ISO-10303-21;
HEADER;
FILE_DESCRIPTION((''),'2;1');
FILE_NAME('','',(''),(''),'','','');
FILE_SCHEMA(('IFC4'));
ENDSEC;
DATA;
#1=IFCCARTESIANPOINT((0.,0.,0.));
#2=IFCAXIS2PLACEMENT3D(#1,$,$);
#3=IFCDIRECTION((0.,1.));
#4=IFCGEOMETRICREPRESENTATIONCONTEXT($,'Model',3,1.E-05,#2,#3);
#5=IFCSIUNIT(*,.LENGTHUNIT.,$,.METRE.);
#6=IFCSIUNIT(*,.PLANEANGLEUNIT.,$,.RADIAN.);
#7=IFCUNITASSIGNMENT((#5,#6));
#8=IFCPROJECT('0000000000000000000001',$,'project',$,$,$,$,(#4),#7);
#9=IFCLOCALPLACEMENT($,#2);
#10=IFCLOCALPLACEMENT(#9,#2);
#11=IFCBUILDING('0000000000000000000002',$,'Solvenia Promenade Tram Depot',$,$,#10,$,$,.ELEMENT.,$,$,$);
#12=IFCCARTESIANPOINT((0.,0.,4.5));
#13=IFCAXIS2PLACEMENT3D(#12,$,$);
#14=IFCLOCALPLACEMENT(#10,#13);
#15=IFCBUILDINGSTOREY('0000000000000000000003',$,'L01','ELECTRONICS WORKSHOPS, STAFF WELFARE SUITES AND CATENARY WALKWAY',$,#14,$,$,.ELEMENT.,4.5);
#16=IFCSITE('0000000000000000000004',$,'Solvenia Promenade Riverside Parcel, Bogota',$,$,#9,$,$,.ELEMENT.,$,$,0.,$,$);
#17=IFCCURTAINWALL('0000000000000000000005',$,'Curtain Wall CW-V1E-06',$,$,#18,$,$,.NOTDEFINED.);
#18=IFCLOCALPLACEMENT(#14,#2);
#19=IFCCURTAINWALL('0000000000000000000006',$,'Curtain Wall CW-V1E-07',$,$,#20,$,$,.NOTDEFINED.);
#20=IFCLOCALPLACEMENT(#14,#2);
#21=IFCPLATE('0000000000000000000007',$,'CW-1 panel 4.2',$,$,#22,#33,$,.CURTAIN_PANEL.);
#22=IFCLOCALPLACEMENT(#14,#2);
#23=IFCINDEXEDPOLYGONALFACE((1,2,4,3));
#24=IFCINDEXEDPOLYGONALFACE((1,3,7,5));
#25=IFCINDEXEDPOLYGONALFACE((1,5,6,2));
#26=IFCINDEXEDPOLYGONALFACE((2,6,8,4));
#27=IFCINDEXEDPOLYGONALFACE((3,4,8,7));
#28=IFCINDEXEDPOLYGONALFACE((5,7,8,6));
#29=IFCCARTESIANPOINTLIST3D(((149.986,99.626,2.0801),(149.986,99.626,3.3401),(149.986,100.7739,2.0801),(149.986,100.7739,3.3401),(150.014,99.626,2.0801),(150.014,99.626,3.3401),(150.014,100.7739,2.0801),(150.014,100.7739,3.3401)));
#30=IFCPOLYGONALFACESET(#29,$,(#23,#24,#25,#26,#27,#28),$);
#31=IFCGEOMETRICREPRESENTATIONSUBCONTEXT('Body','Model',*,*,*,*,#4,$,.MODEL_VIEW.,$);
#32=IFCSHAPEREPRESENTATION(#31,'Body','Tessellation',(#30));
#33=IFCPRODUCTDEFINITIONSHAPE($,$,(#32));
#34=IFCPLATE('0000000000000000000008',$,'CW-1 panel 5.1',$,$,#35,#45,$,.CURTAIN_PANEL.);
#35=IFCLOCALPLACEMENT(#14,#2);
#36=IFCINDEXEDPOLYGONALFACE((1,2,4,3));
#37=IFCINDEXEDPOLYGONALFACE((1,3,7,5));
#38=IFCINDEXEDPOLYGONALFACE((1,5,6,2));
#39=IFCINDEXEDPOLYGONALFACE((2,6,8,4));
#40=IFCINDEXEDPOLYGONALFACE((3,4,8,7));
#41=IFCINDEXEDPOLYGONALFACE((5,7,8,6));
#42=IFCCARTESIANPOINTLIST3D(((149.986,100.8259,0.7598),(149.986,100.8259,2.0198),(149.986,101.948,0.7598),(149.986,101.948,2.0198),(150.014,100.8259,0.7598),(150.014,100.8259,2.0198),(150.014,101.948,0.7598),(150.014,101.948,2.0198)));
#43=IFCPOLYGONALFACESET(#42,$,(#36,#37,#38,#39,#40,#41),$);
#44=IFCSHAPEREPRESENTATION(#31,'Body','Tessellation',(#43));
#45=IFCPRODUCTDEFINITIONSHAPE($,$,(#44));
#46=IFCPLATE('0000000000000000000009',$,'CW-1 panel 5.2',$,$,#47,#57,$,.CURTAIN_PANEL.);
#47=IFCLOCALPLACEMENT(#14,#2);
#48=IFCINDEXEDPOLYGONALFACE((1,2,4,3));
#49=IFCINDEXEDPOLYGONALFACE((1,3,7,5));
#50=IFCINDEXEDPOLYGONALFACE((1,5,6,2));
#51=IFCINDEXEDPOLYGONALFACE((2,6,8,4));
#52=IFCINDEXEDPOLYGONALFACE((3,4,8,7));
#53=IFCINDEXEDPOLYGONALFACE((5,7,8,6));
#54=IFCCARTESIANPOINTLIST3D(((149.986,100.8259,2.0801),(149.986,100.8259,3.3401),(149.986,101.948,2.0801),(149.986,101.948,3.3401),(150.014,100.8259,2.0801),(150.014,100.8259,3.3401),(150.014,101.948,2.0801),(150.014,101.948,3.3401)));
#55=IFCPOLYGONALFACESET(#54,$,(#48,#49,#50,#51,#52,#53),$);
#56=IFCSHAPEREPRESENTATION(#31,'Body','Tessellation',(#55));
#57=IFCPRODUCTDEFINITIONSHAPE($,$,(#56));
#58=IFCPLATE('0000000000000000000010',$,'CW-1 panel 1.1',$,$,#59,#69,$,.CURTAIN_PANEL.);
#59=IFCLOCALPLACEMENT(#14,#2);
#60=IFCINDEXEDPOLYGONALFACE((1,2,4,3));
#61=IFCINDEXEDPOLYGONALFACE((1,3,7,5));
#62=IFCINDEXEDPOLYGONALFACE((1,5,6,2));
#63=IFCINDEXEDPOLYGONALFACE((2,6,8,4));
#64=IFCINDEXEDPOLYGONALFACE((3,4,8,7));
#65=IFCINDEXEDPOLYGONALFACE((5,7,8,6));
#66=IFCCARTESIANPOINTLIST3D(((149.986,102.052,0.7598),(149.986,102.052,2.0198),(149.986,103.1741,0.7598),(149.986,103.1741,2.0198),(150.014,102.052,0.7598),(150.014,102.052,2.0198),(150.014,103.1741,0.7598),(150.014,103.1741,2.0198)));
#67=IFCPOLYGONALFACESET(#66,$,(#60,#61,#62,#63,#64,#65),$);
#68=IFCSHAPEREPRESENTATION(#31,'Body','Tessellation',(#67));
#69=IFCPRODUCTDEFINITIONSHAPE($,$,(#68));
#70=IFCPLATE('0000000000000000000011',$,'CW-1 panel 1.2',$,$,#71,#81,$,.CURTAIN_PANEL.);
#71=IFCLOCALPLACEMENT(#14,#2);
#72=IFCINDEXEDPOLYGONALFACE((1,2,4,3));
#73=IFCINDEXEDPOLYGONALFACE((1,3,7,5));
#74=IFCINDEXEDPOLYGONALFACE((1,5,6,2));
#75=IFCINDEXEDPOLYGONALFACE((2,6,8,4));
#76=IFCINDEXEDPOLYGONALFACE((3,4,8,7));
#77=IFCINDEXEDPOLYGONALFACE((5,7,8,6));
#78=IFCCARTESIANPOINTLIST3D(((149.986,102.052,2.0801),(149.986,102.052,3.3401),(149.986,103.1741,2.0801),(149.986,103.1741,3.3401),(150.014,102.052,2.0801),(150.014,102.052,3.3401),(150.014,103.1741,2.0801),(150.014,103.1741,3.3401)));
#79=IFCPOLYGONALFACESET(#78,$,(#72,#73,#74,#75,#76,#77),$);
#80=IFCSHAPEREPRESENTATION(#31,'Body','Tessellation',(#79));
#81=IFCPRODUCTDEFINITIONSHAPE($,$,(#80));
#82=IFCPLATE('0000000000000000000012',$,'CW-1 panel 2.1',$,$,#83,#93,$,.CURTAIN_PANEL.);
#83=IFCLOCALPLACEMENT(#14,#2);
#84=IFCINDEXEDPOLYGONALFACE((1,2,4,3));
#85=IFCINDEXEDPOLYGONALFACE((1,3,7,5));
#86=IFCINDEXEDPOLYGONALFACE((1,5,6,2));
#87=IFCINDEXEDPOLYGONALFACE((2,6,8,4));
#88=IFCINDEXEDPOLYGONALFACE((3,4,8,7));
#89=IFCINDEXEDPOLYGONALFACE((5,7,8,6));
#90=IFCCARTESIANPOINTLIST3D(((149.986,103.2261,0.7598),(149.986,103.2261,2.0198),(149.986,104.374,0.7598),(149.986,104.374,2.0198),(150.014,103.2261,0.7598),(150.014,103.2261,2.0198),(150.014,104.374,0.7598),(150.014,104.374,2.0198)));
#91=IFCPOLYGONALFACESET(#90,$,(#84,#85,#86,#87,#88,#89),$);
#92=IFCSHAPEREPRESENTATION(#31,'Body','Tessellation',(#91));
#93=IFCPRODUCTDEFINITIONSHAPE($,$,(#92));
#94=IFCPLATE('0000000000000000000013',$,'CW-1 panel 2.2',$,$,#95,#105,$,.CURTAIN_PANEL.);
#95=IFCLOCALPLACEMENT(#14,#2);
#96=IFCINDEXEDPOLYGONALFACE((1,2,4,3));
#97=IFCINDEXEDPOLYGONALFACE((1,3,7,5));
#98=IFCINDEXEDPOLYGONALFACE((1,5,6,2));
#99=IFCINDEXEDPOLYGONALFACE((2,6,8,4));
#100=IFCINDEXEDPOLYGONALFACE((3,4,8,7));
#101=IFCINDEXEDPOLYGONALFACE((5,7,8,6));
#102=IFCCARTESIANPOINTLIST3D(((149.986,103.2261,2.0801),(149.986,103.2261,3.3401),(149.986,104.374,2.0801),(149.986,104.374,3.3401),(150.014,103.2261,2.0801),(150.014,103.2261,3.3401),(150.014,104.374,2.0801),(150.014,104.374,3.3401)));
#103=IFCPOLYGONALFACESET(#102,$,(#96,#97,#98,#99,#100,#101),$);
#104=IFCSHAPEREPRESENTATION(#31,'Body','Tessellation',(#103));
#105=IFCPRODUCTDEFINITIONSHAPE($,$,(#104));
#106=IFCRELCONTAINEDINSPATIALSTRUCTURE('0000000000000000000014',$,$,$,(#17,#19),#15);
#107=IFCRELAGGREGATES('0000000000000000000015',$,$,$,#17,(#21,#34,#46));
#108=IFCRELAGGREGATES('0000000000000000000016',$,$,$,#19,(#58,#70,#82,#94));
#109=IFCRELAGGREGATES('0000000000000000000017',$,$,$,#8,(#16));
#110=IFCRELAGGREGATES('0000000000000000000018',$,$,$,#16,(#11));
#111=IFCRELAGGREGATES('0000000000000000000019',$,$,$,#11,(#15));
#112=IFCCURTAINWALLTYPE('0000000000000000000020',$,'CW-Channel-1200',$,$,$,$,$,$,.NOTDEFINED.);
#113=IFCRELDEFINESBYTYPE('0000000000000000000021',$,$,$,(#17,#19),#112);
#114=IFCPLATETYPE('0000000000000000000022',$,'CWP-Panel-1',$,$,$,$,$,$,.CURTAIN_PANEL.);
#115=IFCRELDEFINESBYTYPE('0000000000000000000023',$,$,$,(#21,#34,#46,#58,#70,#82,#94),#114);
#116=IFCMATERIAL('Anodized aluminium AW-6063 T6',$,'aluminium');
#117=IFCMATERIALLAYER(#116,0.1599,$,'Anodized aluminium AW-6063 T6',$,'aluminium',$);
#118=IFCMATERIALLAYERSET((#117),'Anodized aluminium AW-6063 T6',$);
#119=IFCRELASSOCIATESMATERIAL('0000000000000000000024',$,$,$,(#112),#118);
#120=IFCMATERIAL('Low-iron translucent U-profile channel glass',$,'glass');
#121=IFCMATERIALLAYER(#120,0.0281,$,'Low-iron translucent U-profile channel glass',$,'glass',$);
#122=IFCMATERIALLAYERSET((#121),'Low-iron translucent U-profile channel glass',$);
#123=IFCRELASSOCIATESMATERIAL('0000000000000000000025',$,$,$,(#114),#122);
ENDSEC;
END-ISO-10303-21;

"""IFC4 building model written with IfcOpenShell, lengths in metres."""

from ifc_helpers import new_model, si_unit, direction, frame, origin, origin_2d, place, context, subcontext, project, spatial, rectangle, extrude, material, layer, layer_set, type_object, element, aggregate, save


model = new_model("IFC4")

# Units and contexts
model_context = context("Model", 3, precision=1e-05, world=origin(), true_north=direction((0.0, 1.0)))
body_context = subcontext(model_context, "Body", "Model", "MODEL_VIEW")
ifc_project = project(units=[si_unit("LENGTHUNIT", "METRE"), si_unit("PLANEANGLEUNIT", "RADIAN")], contexts=[model_context])

# Site, building, storey
site_placement = place(None, origin())
site = spatial("IfcSite", under=ifc_project, at=site_placement, Name="Solvenia Promenade Riverside Parcel, Bogota", CompositionType="ELEMENT", RefElevation=0.0)
building_placement = place(site_placement, origin())
building = spatial("IfcBuilding", under=site, at=building_placement, Name="Solvenia Promenade Tram Depot", CompositionType="ELEMENT")
storey_placement = place(building_placement, frame((0.0, 0.0, 4.5)))
storey = spatial("IfcBuildingStorey", under=building, at=storey_placement, Name="L01", Description="ELECTRONICS WORKSHOPS, STAFF WELFARE SUITES AND CATENARY WALKWAY", CompositionType="ELEMENT", Elevation=4.5)

# Curtain walls
ifc_material_1 = material(Name="Anodized aluminium AW-6063 T6", Category="aluminium")
ifc_layer_1 = layer(ifc_material_1, 0.1599, Name="Anodized aluminium AW-6063 T6", Category="aluminium")
ifc_layer_set_1 = layer_set([ifc_layer_1], Name="Anodized aluminium AW-6063 T6")
curtain_wall_type = type_object("IfcCurtainWallType", Name="CW-Channel-1200", PredefinedType="NOTDEFINED", material=ifc_layer_set_1)
curtain_wall_1_placement = place(storey_placement, origin())
curtain_wall_1 = element("IfcCurtainWall", 1, at=curtain_wall_1_placement, inside=storey, type_object=curtain_wall_type, Name="Curtain Wall CW-V1E-06", PredefinedType="NOTDEFINED")
curtain_wall_2_placement = place(storey_placement, origin())
curtain_wall_2 = element("IfcCurtainWall", 2, at=curtain_wall_2_placement, inside=storey, type_object=curtain_wall_type, Name="Curtain Wall CW-V1E-07", PredefinedType="NOTDEFINED")

# Plates
ifc_material_2 = material(Name="Low-iron translucent U-profile channel glass", Category="glass")
ifc_layer_2 = layer(ifc_material_2, 0.0281, Name="Low-iron translucent U-profile channel glass", Category="glass")
ifc_layer_set_2 = layer_set([ifc_layer_2], Name="Low-iron translucent U-profile channel glass")
plate_type = type_object("IfcPlateType", Name="CWP-Panel-1", PredefinedType="CURTAIN_PANEL", material=ifc_layer_set_2)
plate_1_placement = place(storey_placement, frame((150.0, 100.2, 2.0801), z_axis=(0.0, 0.0, 1.0), x_axis=(0.0, 1.0, 0.0)))
plate_1 = element("IfcPlate", 3, at=plate_1_placement, type_object=plate_type, Name="CW-1 panel 4.2", PredefinedType="CURTAIN_PANEL", context=body_context, shape_type="SweptSolid", body=[
    extrude(rectangle(XDim=1.1479, YDim=0.0281, at=origin_2d()), origin(), (0.0, 0.0, 1.0), 1.26),
])
plate_2_placement = place(storey_placement, frame((150.0, 101.387, 0.7598), z_axis=(0.0, 0.0, 1.0), x_axis=(0.0, 1.0, 0.0)))
plate_2 = element("IfcPlate", 4, at=plate_2_placement, type_object=plate_type, Name="CW-1 panel 5.1", PredefinedType="CURTAIN_PANEL", context=body_context, shape_type="SweptSolid", body=[
    extrude(rectangle(XDim=1.1221, YDim=0.0281, at=origin_2d()), origin(), (0.0, 0.0, 1.0), 1.26),
])
plate_3_placement = place(storey_placement, frame((150.0, 101.387, 2.0801), z_axis=(0.0, 0.0, 1.0), x_axis=(0.0, 1.0, 0.0)))
plate_3 = element("IfcPlate", 5, at=plate_3_placement, type_object=plate_type, Name="CW-1 panel 5.2", PredefinedType="CURTAIN_PANEL", context=body_context, shape_type="SweptSolid", body=[
    extrude(rectangle(XDim=1.1221, YDim=0.0281, at=origin_2d()), origin(), (0.0, 0.0, 1.0), 1.26),
])
aggregate(curtain_wall_1, [plate_1, plate_2, plate_3])
plate_4_placement = place(storey_placement, frame((150.0, 102.613, 0.7598), z_axis=(0.0, 0.0, 1.0), x_axis=(0.0, 1.0, 0.0)))
plate_4 = element("IfcPlate", 6, at=plate_4_placement, type_object=plate_type, Name="CW-1 panel 1.1", PredefinedType="CURTAIN_PANEL", context=body_context, shape_type="SweptSolid", body=[
    extrude(rectangle(XDim=1.1221, YDim=0.0281, at=origin_2d()), origin(), (0.0, 0.0, 1.0), 1.26),
])
plate_5_placement = place(storey_placement, frame((150.0, 102.613, 2.0801), z_axis=(0.0, 0.0, 1.0), x_axis=(0.0, 1.0, 0.0)))
plate_5 = element("IfcPlate", 7, at=plate_5_placement, type_object=plate_type, Name="CW-1 panel 1.2", PredefinedType="CURTAIN_PANEL", context=body_context, shape_type="SweptSolid", body=[
    extrude(rectangle(XDim=1.1221, YDim=0.0281, at=origin_2d()), origin(), (0.0, 0.0, 1.0), 1.26),
])
plate_6_placement = place(storey_placement, frame((150.0, 103.8, 0.7598), z_axis=(0.0, 0.0, 1.0), x_axis=(0.0, 1.0, 0.0)))
plate_6 = element("IfcPlate", 8, at=plate_6_placement, type_object=plate_type, Name="CW-1 panel 2.1", PredefinedType="CURTAIN_PANEL", context=body_context, shape_type="SweptSolid", body=[
    extrude(rectangle(XDim=1.1479, YDim=0.0281, at=origin_2d()), origin(), (0.0, 0.0, 1.0), 1.26),
])
plate_7_placement = place(storey_placement, frame((150.0, 103.8, 2.0801), z_axis=(0.0, 0.0, 1.0), x_axis=(0.0, 1.0, 0.0)))
plate_7 = element("IfcPlate", 9, at=plate_7_placement, type_object=plate_type, Name="CW-1 panel 2.2", PredefinedType="CURTAIN_PANEL", context=body_context, shape_type="SweptSolid", body=[
    extrude(rectangle(XDim=1.1479, YDim=0.0281, at=origin_2d()), origin(), (0.0, 0.0, 1.0), 1.26),
])
aggregate(curtain_wall_2, [plate_4, plate_5, plate_6, plate_7])

save(model, "model.ifc")
